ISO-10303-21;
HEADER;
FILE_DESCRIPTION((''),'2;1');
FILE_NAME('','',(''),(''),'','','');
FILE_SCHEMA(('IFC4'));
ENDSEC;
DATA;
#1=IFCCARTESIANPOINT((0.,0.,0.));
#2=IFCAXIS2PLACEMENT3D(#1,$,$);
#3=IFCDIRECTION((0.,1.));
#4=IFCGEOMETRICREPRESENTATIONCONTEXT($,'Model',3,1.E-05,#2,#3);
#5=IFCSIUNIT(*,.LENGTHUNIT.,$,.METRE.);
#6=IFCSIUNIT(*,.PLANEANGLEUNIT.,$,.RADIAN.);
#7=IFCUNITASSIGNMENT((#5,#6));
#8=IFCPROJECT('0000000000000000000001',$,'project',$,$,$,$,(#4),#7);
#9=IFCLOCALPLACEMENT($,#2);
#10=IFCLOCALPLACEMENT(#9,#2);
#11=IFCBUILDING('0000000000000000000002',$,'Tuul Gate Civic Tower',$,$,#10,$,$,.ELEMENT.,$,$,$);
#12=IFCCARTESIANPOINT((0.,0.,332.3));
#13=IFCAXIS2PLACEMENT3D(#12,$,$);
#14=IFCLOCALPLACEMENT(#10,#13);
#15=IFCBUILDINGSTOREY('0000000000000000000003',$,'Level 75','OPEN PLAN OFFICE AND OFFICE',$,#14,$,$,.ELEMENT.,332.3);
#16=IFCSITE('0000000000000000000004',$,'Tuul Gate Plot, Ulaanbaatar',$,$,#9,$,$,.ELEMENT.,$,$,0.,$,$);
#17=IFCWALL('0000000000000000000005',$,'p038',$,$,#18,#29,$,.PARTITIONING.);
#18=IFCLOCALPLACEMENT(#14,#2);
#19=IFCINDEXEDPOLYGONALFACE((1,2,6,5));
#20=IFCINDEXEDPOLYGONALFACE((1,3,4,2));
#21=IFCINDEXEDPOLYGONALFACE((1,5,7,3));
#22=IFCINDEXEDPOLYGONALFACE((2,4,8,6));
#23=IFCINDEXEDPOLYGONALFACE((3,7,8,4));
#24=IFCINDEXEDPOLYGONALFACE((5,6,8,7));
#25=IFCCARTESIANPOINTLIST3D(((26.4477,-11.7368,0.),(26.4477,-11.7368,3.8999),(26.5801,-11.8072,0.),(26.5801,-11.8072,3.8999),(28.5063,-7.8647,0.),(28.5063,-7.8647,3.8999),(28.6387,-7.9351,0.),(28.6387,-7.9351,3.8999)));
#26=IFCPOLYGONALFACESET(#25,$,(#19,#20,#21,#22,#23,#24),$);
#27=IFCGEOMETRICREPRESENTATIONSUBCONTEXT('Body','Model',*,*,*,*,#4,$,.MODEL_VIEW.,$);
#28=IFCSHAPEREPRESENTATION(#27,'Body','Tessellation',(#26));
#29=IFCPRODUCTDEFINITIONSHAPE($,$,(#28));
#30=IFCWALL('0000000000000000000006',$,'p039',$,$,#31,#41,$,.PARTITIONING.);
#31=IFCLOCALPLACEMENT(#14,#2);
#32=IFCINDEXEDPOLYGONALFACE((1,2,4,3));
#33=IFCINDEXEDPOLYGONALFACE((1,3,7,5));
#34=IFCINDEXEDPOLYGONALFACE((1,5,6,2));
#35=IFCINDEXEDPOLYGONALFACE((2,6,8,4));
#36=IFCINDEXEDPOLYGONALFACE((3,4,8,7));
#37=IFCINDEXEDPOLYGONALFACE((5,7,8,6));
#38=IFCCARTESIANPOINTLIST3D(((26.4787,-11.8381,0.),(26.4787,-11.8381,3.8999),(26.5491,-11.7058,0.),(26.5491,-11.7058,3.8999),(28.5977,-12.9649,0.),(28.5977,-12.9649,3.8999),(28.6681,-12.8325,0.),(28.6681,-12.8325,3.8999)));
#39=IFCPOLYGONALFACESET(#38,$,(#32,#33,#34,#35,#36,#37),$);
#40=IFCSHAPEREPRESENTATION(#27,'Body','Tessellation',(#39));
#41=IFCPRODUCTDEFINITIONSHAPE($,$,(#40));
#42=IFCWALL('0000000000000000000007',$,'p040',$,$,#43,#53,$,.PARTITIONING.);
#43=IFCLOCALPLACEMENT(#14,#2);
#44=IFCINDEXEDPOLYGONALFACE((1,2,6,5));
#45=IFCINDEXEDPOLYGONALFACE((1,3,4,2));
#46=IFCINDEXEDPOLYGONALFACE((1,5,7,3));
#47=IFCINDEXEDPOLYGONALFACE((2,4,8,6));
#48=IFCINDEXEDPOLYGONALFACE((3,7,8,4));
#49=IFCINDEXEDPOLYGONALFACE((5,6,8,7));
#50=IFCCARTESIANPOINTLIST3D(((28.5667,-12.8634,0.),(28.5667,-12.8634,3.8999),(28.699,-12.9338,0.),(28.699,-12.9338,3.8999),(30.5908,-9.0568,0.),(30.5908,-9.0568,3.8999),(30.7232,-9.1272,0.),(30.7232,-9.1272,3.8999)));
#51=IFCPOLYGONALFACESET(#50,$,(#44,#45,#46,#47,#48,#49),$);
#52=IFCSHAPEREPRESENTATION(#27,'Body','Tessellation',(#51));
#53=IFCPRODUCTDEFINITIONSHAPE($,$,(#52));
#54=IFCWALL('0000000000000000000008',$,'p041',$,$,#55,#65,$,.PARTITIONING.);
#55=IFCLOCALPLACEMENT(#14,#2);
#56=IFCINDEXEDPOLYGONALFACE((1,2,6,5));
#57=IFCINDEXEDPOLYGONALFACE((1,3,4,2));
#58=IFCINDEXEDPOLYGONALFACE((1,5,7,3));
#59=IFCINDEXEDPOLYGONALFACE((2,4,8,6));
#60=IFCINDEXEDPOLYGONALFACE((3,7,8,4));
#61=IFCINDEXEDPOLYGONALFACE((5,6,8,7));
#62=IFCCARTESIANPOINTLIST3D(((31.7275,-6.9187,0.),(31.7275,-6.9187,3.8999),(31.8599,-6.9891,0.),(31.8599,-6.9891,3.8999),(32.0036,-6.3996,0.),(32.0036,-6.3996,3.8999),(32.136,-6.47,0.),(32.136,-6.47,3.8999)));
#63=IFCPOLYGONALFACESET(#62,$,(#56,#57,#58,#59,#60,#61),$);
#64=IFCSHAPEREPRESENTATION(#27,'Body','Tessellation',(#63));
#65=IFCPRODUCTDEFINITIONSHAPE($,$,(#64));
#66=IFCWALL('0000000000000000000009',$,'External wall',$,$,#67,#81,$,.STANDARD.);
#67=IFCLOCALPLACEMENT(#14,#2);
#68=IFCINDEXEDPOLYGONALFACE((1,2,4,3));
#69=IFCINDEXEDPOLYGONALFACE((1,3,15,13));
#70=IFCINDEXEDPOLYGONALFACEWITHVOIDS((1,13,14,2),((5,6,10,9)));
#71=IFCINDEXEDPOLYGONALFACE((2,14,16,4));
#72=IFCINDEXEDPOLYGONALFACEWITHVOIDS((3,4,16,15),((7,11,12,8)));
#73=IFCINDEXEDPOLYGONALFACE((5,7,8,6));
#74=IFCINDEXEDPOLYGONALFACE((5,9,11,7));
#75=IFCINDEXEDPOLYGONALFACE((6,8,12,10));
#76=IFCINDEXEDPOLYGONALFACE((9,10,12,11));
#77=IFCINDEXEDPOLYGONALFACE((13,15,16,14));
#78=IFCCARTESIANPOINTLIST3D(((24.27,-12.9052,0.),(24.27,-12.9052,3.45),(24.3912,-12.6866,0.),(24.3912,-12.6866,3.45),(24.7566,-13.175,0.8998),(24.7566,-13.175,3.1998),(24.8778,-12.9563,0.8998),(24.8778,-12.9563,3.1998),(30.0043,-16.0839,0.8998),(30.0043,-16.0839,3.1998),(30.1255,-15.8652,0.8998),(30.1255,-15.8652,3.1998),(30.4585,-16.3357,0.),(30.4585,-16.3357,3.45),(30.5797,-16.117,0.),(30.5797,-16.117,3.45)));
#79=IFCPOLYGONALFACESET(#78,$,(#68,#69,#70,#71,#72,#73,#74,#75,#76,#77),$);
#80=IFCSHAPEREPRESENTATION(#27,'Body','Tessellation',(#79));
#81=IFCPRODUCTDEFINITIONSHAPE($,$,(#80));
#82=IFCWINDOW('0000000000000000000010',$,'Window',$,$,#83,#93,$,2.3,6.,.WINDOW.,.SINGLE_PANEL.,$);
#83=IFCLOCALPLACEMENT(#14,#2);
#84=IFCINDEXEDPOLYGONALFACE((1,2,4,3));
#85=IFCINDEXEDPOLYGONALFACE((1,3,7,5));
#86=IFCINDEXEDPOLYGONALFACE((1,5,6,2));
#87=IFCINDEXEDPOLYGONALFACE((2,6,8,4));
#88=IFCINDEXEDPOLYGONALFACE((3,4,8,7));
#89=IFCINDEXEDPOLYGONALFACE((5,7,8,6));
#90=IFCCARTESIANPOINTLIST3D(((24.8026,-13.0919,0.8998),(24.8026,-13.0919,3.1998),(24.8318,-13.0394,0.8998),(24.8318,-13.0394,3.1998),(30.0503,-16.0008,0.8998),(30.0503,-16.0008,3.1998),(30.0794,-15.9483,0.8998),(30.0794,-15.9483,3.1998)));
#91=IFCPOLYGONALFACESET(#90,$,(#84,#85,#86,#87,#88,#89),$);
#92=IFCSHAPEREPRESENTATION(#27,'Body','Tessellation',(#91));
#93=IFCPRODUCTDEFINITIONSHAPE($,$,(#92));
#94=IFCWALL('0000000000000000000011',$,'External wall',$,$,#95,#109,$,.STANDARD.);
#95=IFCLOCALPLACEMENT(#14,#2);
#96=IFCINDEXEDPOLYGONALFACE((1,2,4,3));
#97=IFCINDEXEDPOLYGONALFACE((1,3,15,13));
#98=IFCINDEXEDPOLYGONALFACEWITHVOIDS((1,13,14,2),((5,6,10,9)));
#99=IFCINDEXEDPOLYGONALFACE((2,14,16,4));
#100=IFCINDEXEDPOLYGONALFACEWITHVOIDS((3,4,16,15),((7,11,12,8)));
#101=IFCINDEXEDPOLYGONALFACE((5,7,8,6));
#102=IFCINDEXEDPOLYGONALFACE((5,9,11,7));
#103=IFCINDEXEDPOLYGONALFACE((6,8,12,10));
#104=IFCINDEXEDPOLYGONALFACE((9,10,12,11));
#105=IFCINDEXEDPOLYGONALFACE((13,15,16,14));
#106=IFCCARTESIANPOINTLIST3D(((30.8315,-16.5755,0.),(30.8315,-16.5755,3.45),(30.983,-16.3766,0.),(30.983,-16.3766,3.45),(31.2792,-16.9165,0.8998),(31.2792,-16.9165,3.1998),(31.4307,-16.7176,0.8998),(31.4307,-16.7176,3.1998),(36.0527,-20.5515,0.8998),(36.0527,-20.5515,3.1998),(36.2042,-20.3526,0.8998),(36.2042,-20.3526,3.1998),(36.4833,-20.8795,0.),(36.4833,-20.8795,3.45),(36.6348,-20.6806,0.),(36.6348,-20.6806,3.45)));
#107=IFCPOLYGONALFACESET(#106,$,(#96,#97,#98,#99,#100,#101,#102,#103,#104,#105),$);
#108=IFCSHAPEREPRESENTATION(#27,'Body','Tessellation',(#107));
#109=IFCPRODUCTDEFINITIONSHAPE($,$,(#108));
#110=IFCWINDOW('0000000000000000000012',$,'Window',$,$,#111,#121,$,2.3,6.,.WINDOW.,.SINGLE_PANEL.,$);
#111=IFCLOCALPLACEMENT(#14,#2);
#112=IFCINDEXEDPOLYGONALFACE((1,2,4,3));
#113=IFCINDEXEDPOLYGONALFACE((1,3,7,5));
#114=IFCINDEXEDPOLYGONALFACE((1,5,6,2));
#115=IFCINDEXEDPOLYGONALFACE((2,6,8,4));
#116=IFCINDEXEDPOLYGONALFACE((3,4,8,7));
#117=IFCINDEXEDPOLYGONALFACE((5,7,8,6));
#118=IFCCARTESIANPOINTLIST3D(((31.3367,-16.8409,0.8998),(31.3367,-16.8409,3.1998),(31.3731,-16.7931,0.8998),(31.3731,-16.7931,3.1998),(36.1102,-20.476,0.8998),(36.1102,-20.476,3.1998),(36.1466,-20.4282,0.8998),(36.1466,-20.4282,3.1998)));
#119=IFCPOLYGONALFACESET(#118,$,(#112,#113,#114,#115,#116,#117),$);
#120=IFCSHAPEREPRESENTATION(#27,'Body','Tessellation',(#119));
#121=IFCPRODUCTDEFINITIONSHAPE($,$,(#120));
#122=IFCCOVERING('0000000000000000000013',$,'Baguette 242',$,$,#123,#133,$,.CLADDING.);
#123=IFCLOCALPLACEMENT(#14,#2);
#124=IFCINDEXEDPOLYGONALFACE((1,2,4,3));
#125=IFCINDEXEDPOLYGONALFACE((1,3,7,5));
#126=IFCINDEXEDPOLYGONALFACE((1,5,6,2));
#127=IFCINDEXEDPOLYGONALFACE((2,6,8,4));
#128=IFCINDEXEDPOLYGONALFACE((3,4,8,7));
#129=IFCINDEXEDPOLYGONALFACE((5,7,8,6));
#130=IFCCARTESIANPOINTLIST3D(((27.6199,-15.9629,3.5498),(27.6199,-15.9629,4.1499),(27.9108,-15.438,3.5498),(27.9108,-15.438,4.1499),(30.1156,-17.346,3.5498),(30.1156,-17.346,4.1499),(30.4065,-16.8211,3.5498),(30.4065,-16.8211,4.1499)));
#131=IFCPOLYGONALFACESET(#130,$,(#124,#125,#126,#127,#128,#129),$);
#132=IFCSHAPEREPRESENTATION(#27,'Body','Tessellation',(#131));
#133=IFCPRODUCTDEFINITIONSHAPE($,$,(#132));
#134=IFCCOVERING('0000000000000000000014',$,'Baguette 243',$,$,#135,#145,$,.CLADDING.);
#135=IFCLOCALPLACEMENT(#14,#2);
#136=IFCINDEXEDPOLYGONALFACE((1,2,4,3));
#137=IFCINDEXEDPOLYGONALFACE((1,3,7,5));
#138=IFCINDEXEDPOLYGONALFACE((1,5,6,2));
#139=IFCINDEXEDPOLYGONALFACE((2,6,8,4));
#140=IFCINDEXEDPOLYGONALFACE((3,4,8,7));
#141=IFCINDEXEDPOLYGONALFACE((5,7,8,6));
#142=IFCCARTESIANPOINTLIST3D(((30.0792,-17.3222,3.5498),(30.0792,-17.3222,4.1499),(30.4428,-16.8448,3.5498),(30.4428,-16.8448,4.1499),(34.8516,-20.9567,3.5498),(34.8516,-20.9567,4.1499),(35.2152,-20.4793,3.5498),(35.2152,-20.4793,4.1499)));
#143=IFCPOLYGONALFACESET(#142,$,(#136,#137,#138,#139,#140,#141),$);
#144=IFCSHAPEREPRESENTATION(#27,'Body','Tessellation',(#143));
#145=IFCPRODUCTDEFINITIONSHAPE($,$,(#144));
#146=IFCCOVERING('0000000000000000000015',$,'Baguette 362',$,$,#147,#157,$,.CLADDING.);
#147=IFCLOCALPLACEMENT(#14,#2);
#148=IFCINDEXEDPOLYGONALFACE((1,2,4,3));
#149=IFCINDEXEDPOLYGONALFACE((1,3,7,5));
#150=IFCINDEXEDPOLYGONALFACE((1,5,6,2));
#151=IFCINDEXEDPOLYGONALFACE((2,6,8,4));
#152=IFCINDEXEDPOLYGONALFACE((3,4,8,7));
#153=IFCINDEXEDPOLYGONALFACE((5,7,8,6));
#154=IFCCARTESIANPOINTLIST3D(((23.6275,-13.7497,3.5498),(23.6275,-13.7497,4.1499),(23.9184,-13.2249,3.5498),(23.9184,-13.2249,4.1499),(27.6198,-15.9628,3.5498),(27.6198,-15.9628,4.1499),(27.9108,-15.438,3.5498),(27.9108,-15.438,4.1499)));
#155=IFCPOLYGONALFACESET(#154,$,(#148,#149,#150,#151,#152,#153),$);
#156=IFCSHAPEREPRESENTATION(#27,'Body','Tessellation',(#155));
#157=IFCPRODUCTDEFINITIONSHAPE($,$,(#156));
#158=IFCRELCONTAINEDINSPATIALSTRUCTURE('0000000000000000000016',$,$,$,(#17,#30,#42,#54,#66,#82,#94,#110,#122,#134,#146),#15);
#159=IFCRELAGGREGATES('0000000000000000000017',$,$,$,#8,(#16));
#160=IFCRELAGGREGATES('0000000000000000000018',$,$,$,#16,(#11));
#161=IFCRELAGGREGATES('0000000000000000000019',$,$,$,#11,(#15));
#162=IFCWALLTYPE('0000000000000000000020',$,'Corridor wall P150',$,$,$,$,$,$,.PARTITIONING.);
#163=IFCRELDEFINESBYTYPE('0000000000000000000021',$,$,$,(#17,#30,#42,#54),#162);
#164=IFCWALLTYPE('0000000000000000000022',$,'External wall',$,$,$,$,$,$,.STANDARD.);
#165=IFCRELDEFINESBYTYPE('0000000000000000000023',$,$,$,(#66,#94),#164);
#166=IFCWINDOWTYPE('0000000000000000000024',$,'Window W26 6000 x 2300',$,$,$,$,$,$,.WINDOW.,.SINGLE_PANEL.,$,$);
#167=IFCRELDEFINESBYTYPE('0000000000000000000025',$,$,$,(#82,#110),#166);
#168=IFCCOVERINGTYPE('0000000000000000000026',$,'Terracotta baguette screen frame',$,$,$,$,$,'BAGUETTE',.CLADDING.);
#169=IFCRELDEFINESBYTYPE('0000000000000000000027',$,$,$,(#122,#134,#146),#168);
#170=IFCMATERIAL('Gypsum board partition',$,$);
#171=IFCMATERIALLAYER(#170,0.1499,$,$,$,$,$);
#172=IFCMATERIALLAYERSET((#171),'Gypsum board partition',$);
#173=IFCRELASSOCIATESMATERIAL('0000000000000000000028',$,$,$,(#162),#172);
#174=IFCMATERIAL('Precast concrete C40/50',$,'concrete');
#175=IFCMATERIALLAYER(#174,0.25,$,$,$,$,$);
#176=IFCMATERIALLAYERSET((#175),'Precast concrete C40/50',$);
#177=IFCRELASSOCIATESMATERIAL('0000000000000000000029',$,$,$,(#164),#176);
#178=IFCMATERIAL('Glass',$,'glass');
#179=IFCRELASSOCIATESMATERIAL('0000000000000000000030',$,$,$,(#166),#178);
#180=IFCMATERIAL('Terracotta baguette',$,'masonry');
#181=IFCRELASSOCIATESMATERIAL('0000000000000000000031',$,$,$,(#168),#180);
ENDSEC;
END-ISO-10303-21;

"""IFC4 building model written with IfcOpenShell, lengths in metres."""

from ifc_helpers import new_model, si_unit, direction, frame, frame_2d, origin, origin_2d, place, context, subcontext, project, spatial, rectangle, extrude, material, layer, layer_set, material_profile, profile_set, type_object, element, fill, save


model = new_model("IFC4")

# Units and contexts
model_context = context("Model", 3, precision=1e-05, world=origin(), true_north=direction((0.0, 1.0)))
body_context = subcontext(model_context, "Body", "Model", "MODEL_VIEW")
ifc_project = project(units=[si_unit("LENGTHUNIT", "METRE"), si_unit("PLANEANGLEUNIT", "RADIAN")], contexts=[model_context])

# Site, building, storey
site_placement = place(None, origin())
site = spatial("IfcSite", under=ifc_project, at=site_placement, Name="Tuul Gate Plot, Ulaanbaatar", CompositionType="ELEMENT", RefElevation=0.0)
building_placement = place(site_placement, origin())
building = spatial("IfcBuilding", under=site, at=building_placement, Name="Tuul Gate Civic Tower", CompositionType="ELEMENT")
storey_placement = place(building_placement, frame((0.0, 0.0, 332.3)))
storey = spatial("IfcBuildingStorey", under=building, at=storey_placement, Name="Level 75", Description="OPEN PLAN OFFICE AND OFFICE", CompositionType="ELEMENT", Elevation=332.3)

# Shared definitions
ifc_material_1 = material(Name="Gypsum board partition")
ifc_layer_1 = layer(ifc_material_1, 0.1499)
ifc_layer_set_1 = layer_set([ifc_layer_1], Name="Gypsum board partition")
wall_type_1 = type_object("IfcWallType", Name="Corridor wall P150", PredefinedType="PARTITIONING", material=ifc_layer_set_1)

# Walls
wall_1_placement = place(storey_placement, frame((26.5139, -11.772, 0.0), z_axis=(0.0, 0.0, 1.0), x_axis=(0.469432, 0.882969, 0.0)))
element("IfcWall", 1, at=wall_1_placement, inside=storey, type_object=wall_type_1, Name="p038", PredefinedType="PARTITIONING", context=body_context, shape_type="SweptSolid", body=[
    extrude(rectangle(XDim=4.3853, YDim=0.1499, at=frame_2d((2.1926, 0.0))), origin(), (0.0, 0.0, 1.0), 3.8999),
])
wall_2_placement = place(storey_placement, frame((26.5139, -11.772, 0.0), z_axis=(0.0, 0.0, 1.0), x_axis=(0.882935, -0.469495, 0.0)))
element("IfcWall", 2, at=wall_2_placement, inside=storey, type_object=wall_type_1, Name="p039", PredefinedType="PARTITIONING", context=body_context, shape_type="SweptSolid", body=[
    extrude(rectangle(XDim=2.3999, YDim=0.1499, at=frame_2d((1.2, 0.0))), origin(), (0.0, 0.0, 1.0), 3.8999),
])
wall_3_placement = place(storey_placement, frame((28.6328, -12.8987, 0.0), z_axis=(0.0, 0.0, 1.0), x_axis=(0.469497, 0.882934, 0.0)))
element("IfcWall", 3, at=wall_3_placement, inside=storey, type_object=wall_type_1, Name="p040", PredefinedType="PARTITIONING", context=body_context, shape_type="SweptSolid", body=[
    extrude(rectangle(XDim=4.3113, YDim=0.1499, at=frame_2d((2.1558, 0.0))), origin(), (0.0, 0.0, 1.0), 3.8999),
])
wall_4_placement = place(storey_placement, frame((31.7937, -6.9539, 0.0), z_axis=(0.0, 0.0, 1.0), x_axis=(0.469661, 0.882847, 0.0)))
element("IfcWall", 4, at=wall_4_placement, inside=storey, type_object=wall_type_1, Name="p041", PredefinedType="PARTITIONING", context=body_context, shape_type="SweptSolid", body=[
    extrude(rectangle(XDim=0.5879, YDim=0.1499, at=frame_2d((0.2939, 0.0))), origin(), (0.0, 0.0, 1.0), 3.8999),
])

# Walls, openings, windows
ifc_material_2 = material(Name="Precast concrete C40/50", Category="concrete")
ifc_layer_2 = layer(ifc_material_2, 0.25)
ifc_layer_set_2 = layer_set([ifc_layer_2], Name="Precast concrete C40/50")
wall_type_2 = type_object("IfcWallType", Name="External wall", PredefinedType="STANDARD", material=ifc_layer_set_2)
wall_5_placement = place(storey_placement, frame((24.3306, -12.7959, 0.0), z_axis=(0.0, 0.0, 1.0), x_axis=(0.874614, -0.484819, 0.0)))
wall_5 = element("IfcWall", 5, at=wall_5_placement, inside=storey, type_object=wall_type_2, Name="External wall", PredefinedType="STANDARD", context=body_context, shape_type="SweptSolid", body=[
    extrude(rectangle(XDim=7.0757, YDim=0.25, at=frame_2d((3.5378, 0.0))), origin(), (0.0, 0.0, 1.0), 3.45),
])
opening_1_placement = place(wall_5_placement, frame((0.5564, 0.0, 0.8999)))
opening_1 = element("IfcOpeningElement", 6, at=opening_1_placement, cuts=wall_5, PredefinedType="OPENING", context=body_context, shape_type="SweptSolid", body=[
    extrude(rectangle(XDim=6.0, YDim=2.3, at=frame_2d((3.0, 1.1499))), frame((0.0, 0.135, 0.0), z_axis=(0.0, -1.0, 0.0), x_axis=(1.0, 0.0, 0.0)), (0.0, 0.0, 1.0), 0.27),
])
ifc_material_3 = material(Name="Glass", Category="glass")
window_type = type_object("IfcWindowType", Name="Window W26 6000 x 2300", PartitioningType="SINGLE_PANEL", PredefinedType="WINDOW", material=ifc_material_3)
window_1_placement = place(opening_1_placement, origin())
window_1 = element("IfcWindow", 7, at=window_1_placement, inside=storey, type_object=window_type, Name="Window", OverallHeight=2.3, OverallWidth=6.0, PartitioningType="SINGLE_PANEL", PredefinedType="WINDOW", context=body_context, shape_type="SweptSolid", body=[
    extrude(rectangle(XDim=6.0, YDim=2.3, at=frame_2d((3.0, 1.1499))), frame((0.0, 0.03, 0.0), z_axis=(0.0, -1.0, 0.0), x_axis=(1.0, 0.0, 0.0)), (0.0, 0.0, 1.0), 0.0601),
])
fill(opening_1, window_1)
wall_6_placement = place(storey_placement, frame((30.9072, -16.4761, 0.0), z_axis=(0.0, 0.0, 1.0), x_axis=(0.795582, -0.605845, 0.0)))
wall_6 = element("IfcWall", 8, at=wall_6_placement, inside=storey, type_object=wall_type_2, Name="External wall", PredefinedType="STANDARD", context=body_context, shape_type="SweptSolid", body=[
    extrude(rectangle(XDim=7.104, YDim=0.25, at=frame_2d((3.552, 0.0))), origin(), (0.0, 0.0, 1.0), 3.45),
])
opening_2_placement = place(wall_6_placement, frame((0.5627, 0.0, 0.8999)))
opening_2 = element("IfcOpeningElement", 9, at=opening_2_placement, cuts=wall_6, PredefinedType="OPENING", context=body_context, shape_type="SweptSolid", body=[
    extrude(rectangle(XDim=6.0, YDim=2.3, at=frame_2d((3.0, 1.1499))), frame((0.0, 0.135, 0.0), z_axis=(0.0, -1.0, 0.0), x_axis=(1.0, 0.0, 0.0)), (0.0, 0.0, 1.0), 0.27),
])
window_2_placement = place(opening_2_placement, origin())
window_2 = element("IfcWindow", 10, at=window_2_placement, inside=storey, type_object=window_type, Name="Window", OverallHeight=2.3, OverallWidth=6.0, PartitioningType="SINGLE_PANEL", PredefinedType="WINDOW", context=body_context, shape_type="SweptSolid", body=[
    extrude(rectangle(XDim=6.0, YDim=2.3, at=frame_2d((3.0, 1.1499))), frame((0.0, 0.03, 0.0), z_axis=(0.0, -1.0, 0.0), x_axis=(1.0, 0.0, 0.0)), (0.0, 0.0, 1.0), 0.0601),
])
fill(opening_2, window_2)

# Coverings
ifc_material_4 = material(Name="Terracotta baguette", Category="masonry")
ifc_material_profile_1 = material_profile(ifc_material_4, rectangle(XDim=0.6001, YDim=0.6001, at=origin_2d()), Name="Terracotta baguette screen frame")
ifc_profile_set_1 = profile_set([ifc_material_profile_1], Name="Terracotta baguette")
covering_type = type_object("IfcCoveringType", Name="Terracotta baguette screen frame", ElementType="BAGUETTE", PredefinedType="CLADDING", material=ifc_profile_set_1)
covering_1_placement = place(storey_placement, frame((27.7654, -15.7004, 3.8499), z_axis=(0.874661, -0.484735, 0.0), x_axis=(0.484735, 0.874661, 0.0)))
element("IfcCovering", 11, at=covering_1_placement, inside=storey, type_object=covering_type, Name="Baguette 242", PredefinedType="CLADDING", context=body_context, shape_type="SweptSolid", body=[
    extrude(rectangle(XDim=0.6001, YDim=0.6001, at=origin_2d()), origin(), (0.0, 0.0, 1.0), 2.8533),
])
covering_2_placement = place(storey_placement, frame((30.261, -17.0835, 3.8499), z_axis=(0.795563, -0.60587, 0.0), x_axis=(0.60587, 0.795563, 0.0)))
element("IfcCovering", 12, at=covering_2_placement, inside=storey, type_object=covering_type, Name="Baguette 243", PredefinedType="CLADDING", context=body_context, shape_type="SweptSolid", body=[
    extrude(rectangle(XDim=0.6001, YDim=0.6001, at=origin_2d()), origin(), (0.0, 0.0, 1.0), 5.9988),
])
covering_3_placement = place(storey_placement, frame((23.7729, -13.4873, 3.8499), z_axis=(0.874611, -0.484825, 0.0), x_axis=(0.484825, 0.874611, 0.0)))
element("IfcCovering", 13, at=covering_3_placement, inside=storey, type_object=covering_type, Name="Baguette 362", PredefinedType="CLADDING", context=body_context, shape_type="SweptSolid", body=[
    extrude(rectangle(XDim=0.6001, YDim=0.6001, at=origin_2d()), origin(), (0.0, 0.0, 1.0), 4.5647),
])

save(model, "model.ifc")
